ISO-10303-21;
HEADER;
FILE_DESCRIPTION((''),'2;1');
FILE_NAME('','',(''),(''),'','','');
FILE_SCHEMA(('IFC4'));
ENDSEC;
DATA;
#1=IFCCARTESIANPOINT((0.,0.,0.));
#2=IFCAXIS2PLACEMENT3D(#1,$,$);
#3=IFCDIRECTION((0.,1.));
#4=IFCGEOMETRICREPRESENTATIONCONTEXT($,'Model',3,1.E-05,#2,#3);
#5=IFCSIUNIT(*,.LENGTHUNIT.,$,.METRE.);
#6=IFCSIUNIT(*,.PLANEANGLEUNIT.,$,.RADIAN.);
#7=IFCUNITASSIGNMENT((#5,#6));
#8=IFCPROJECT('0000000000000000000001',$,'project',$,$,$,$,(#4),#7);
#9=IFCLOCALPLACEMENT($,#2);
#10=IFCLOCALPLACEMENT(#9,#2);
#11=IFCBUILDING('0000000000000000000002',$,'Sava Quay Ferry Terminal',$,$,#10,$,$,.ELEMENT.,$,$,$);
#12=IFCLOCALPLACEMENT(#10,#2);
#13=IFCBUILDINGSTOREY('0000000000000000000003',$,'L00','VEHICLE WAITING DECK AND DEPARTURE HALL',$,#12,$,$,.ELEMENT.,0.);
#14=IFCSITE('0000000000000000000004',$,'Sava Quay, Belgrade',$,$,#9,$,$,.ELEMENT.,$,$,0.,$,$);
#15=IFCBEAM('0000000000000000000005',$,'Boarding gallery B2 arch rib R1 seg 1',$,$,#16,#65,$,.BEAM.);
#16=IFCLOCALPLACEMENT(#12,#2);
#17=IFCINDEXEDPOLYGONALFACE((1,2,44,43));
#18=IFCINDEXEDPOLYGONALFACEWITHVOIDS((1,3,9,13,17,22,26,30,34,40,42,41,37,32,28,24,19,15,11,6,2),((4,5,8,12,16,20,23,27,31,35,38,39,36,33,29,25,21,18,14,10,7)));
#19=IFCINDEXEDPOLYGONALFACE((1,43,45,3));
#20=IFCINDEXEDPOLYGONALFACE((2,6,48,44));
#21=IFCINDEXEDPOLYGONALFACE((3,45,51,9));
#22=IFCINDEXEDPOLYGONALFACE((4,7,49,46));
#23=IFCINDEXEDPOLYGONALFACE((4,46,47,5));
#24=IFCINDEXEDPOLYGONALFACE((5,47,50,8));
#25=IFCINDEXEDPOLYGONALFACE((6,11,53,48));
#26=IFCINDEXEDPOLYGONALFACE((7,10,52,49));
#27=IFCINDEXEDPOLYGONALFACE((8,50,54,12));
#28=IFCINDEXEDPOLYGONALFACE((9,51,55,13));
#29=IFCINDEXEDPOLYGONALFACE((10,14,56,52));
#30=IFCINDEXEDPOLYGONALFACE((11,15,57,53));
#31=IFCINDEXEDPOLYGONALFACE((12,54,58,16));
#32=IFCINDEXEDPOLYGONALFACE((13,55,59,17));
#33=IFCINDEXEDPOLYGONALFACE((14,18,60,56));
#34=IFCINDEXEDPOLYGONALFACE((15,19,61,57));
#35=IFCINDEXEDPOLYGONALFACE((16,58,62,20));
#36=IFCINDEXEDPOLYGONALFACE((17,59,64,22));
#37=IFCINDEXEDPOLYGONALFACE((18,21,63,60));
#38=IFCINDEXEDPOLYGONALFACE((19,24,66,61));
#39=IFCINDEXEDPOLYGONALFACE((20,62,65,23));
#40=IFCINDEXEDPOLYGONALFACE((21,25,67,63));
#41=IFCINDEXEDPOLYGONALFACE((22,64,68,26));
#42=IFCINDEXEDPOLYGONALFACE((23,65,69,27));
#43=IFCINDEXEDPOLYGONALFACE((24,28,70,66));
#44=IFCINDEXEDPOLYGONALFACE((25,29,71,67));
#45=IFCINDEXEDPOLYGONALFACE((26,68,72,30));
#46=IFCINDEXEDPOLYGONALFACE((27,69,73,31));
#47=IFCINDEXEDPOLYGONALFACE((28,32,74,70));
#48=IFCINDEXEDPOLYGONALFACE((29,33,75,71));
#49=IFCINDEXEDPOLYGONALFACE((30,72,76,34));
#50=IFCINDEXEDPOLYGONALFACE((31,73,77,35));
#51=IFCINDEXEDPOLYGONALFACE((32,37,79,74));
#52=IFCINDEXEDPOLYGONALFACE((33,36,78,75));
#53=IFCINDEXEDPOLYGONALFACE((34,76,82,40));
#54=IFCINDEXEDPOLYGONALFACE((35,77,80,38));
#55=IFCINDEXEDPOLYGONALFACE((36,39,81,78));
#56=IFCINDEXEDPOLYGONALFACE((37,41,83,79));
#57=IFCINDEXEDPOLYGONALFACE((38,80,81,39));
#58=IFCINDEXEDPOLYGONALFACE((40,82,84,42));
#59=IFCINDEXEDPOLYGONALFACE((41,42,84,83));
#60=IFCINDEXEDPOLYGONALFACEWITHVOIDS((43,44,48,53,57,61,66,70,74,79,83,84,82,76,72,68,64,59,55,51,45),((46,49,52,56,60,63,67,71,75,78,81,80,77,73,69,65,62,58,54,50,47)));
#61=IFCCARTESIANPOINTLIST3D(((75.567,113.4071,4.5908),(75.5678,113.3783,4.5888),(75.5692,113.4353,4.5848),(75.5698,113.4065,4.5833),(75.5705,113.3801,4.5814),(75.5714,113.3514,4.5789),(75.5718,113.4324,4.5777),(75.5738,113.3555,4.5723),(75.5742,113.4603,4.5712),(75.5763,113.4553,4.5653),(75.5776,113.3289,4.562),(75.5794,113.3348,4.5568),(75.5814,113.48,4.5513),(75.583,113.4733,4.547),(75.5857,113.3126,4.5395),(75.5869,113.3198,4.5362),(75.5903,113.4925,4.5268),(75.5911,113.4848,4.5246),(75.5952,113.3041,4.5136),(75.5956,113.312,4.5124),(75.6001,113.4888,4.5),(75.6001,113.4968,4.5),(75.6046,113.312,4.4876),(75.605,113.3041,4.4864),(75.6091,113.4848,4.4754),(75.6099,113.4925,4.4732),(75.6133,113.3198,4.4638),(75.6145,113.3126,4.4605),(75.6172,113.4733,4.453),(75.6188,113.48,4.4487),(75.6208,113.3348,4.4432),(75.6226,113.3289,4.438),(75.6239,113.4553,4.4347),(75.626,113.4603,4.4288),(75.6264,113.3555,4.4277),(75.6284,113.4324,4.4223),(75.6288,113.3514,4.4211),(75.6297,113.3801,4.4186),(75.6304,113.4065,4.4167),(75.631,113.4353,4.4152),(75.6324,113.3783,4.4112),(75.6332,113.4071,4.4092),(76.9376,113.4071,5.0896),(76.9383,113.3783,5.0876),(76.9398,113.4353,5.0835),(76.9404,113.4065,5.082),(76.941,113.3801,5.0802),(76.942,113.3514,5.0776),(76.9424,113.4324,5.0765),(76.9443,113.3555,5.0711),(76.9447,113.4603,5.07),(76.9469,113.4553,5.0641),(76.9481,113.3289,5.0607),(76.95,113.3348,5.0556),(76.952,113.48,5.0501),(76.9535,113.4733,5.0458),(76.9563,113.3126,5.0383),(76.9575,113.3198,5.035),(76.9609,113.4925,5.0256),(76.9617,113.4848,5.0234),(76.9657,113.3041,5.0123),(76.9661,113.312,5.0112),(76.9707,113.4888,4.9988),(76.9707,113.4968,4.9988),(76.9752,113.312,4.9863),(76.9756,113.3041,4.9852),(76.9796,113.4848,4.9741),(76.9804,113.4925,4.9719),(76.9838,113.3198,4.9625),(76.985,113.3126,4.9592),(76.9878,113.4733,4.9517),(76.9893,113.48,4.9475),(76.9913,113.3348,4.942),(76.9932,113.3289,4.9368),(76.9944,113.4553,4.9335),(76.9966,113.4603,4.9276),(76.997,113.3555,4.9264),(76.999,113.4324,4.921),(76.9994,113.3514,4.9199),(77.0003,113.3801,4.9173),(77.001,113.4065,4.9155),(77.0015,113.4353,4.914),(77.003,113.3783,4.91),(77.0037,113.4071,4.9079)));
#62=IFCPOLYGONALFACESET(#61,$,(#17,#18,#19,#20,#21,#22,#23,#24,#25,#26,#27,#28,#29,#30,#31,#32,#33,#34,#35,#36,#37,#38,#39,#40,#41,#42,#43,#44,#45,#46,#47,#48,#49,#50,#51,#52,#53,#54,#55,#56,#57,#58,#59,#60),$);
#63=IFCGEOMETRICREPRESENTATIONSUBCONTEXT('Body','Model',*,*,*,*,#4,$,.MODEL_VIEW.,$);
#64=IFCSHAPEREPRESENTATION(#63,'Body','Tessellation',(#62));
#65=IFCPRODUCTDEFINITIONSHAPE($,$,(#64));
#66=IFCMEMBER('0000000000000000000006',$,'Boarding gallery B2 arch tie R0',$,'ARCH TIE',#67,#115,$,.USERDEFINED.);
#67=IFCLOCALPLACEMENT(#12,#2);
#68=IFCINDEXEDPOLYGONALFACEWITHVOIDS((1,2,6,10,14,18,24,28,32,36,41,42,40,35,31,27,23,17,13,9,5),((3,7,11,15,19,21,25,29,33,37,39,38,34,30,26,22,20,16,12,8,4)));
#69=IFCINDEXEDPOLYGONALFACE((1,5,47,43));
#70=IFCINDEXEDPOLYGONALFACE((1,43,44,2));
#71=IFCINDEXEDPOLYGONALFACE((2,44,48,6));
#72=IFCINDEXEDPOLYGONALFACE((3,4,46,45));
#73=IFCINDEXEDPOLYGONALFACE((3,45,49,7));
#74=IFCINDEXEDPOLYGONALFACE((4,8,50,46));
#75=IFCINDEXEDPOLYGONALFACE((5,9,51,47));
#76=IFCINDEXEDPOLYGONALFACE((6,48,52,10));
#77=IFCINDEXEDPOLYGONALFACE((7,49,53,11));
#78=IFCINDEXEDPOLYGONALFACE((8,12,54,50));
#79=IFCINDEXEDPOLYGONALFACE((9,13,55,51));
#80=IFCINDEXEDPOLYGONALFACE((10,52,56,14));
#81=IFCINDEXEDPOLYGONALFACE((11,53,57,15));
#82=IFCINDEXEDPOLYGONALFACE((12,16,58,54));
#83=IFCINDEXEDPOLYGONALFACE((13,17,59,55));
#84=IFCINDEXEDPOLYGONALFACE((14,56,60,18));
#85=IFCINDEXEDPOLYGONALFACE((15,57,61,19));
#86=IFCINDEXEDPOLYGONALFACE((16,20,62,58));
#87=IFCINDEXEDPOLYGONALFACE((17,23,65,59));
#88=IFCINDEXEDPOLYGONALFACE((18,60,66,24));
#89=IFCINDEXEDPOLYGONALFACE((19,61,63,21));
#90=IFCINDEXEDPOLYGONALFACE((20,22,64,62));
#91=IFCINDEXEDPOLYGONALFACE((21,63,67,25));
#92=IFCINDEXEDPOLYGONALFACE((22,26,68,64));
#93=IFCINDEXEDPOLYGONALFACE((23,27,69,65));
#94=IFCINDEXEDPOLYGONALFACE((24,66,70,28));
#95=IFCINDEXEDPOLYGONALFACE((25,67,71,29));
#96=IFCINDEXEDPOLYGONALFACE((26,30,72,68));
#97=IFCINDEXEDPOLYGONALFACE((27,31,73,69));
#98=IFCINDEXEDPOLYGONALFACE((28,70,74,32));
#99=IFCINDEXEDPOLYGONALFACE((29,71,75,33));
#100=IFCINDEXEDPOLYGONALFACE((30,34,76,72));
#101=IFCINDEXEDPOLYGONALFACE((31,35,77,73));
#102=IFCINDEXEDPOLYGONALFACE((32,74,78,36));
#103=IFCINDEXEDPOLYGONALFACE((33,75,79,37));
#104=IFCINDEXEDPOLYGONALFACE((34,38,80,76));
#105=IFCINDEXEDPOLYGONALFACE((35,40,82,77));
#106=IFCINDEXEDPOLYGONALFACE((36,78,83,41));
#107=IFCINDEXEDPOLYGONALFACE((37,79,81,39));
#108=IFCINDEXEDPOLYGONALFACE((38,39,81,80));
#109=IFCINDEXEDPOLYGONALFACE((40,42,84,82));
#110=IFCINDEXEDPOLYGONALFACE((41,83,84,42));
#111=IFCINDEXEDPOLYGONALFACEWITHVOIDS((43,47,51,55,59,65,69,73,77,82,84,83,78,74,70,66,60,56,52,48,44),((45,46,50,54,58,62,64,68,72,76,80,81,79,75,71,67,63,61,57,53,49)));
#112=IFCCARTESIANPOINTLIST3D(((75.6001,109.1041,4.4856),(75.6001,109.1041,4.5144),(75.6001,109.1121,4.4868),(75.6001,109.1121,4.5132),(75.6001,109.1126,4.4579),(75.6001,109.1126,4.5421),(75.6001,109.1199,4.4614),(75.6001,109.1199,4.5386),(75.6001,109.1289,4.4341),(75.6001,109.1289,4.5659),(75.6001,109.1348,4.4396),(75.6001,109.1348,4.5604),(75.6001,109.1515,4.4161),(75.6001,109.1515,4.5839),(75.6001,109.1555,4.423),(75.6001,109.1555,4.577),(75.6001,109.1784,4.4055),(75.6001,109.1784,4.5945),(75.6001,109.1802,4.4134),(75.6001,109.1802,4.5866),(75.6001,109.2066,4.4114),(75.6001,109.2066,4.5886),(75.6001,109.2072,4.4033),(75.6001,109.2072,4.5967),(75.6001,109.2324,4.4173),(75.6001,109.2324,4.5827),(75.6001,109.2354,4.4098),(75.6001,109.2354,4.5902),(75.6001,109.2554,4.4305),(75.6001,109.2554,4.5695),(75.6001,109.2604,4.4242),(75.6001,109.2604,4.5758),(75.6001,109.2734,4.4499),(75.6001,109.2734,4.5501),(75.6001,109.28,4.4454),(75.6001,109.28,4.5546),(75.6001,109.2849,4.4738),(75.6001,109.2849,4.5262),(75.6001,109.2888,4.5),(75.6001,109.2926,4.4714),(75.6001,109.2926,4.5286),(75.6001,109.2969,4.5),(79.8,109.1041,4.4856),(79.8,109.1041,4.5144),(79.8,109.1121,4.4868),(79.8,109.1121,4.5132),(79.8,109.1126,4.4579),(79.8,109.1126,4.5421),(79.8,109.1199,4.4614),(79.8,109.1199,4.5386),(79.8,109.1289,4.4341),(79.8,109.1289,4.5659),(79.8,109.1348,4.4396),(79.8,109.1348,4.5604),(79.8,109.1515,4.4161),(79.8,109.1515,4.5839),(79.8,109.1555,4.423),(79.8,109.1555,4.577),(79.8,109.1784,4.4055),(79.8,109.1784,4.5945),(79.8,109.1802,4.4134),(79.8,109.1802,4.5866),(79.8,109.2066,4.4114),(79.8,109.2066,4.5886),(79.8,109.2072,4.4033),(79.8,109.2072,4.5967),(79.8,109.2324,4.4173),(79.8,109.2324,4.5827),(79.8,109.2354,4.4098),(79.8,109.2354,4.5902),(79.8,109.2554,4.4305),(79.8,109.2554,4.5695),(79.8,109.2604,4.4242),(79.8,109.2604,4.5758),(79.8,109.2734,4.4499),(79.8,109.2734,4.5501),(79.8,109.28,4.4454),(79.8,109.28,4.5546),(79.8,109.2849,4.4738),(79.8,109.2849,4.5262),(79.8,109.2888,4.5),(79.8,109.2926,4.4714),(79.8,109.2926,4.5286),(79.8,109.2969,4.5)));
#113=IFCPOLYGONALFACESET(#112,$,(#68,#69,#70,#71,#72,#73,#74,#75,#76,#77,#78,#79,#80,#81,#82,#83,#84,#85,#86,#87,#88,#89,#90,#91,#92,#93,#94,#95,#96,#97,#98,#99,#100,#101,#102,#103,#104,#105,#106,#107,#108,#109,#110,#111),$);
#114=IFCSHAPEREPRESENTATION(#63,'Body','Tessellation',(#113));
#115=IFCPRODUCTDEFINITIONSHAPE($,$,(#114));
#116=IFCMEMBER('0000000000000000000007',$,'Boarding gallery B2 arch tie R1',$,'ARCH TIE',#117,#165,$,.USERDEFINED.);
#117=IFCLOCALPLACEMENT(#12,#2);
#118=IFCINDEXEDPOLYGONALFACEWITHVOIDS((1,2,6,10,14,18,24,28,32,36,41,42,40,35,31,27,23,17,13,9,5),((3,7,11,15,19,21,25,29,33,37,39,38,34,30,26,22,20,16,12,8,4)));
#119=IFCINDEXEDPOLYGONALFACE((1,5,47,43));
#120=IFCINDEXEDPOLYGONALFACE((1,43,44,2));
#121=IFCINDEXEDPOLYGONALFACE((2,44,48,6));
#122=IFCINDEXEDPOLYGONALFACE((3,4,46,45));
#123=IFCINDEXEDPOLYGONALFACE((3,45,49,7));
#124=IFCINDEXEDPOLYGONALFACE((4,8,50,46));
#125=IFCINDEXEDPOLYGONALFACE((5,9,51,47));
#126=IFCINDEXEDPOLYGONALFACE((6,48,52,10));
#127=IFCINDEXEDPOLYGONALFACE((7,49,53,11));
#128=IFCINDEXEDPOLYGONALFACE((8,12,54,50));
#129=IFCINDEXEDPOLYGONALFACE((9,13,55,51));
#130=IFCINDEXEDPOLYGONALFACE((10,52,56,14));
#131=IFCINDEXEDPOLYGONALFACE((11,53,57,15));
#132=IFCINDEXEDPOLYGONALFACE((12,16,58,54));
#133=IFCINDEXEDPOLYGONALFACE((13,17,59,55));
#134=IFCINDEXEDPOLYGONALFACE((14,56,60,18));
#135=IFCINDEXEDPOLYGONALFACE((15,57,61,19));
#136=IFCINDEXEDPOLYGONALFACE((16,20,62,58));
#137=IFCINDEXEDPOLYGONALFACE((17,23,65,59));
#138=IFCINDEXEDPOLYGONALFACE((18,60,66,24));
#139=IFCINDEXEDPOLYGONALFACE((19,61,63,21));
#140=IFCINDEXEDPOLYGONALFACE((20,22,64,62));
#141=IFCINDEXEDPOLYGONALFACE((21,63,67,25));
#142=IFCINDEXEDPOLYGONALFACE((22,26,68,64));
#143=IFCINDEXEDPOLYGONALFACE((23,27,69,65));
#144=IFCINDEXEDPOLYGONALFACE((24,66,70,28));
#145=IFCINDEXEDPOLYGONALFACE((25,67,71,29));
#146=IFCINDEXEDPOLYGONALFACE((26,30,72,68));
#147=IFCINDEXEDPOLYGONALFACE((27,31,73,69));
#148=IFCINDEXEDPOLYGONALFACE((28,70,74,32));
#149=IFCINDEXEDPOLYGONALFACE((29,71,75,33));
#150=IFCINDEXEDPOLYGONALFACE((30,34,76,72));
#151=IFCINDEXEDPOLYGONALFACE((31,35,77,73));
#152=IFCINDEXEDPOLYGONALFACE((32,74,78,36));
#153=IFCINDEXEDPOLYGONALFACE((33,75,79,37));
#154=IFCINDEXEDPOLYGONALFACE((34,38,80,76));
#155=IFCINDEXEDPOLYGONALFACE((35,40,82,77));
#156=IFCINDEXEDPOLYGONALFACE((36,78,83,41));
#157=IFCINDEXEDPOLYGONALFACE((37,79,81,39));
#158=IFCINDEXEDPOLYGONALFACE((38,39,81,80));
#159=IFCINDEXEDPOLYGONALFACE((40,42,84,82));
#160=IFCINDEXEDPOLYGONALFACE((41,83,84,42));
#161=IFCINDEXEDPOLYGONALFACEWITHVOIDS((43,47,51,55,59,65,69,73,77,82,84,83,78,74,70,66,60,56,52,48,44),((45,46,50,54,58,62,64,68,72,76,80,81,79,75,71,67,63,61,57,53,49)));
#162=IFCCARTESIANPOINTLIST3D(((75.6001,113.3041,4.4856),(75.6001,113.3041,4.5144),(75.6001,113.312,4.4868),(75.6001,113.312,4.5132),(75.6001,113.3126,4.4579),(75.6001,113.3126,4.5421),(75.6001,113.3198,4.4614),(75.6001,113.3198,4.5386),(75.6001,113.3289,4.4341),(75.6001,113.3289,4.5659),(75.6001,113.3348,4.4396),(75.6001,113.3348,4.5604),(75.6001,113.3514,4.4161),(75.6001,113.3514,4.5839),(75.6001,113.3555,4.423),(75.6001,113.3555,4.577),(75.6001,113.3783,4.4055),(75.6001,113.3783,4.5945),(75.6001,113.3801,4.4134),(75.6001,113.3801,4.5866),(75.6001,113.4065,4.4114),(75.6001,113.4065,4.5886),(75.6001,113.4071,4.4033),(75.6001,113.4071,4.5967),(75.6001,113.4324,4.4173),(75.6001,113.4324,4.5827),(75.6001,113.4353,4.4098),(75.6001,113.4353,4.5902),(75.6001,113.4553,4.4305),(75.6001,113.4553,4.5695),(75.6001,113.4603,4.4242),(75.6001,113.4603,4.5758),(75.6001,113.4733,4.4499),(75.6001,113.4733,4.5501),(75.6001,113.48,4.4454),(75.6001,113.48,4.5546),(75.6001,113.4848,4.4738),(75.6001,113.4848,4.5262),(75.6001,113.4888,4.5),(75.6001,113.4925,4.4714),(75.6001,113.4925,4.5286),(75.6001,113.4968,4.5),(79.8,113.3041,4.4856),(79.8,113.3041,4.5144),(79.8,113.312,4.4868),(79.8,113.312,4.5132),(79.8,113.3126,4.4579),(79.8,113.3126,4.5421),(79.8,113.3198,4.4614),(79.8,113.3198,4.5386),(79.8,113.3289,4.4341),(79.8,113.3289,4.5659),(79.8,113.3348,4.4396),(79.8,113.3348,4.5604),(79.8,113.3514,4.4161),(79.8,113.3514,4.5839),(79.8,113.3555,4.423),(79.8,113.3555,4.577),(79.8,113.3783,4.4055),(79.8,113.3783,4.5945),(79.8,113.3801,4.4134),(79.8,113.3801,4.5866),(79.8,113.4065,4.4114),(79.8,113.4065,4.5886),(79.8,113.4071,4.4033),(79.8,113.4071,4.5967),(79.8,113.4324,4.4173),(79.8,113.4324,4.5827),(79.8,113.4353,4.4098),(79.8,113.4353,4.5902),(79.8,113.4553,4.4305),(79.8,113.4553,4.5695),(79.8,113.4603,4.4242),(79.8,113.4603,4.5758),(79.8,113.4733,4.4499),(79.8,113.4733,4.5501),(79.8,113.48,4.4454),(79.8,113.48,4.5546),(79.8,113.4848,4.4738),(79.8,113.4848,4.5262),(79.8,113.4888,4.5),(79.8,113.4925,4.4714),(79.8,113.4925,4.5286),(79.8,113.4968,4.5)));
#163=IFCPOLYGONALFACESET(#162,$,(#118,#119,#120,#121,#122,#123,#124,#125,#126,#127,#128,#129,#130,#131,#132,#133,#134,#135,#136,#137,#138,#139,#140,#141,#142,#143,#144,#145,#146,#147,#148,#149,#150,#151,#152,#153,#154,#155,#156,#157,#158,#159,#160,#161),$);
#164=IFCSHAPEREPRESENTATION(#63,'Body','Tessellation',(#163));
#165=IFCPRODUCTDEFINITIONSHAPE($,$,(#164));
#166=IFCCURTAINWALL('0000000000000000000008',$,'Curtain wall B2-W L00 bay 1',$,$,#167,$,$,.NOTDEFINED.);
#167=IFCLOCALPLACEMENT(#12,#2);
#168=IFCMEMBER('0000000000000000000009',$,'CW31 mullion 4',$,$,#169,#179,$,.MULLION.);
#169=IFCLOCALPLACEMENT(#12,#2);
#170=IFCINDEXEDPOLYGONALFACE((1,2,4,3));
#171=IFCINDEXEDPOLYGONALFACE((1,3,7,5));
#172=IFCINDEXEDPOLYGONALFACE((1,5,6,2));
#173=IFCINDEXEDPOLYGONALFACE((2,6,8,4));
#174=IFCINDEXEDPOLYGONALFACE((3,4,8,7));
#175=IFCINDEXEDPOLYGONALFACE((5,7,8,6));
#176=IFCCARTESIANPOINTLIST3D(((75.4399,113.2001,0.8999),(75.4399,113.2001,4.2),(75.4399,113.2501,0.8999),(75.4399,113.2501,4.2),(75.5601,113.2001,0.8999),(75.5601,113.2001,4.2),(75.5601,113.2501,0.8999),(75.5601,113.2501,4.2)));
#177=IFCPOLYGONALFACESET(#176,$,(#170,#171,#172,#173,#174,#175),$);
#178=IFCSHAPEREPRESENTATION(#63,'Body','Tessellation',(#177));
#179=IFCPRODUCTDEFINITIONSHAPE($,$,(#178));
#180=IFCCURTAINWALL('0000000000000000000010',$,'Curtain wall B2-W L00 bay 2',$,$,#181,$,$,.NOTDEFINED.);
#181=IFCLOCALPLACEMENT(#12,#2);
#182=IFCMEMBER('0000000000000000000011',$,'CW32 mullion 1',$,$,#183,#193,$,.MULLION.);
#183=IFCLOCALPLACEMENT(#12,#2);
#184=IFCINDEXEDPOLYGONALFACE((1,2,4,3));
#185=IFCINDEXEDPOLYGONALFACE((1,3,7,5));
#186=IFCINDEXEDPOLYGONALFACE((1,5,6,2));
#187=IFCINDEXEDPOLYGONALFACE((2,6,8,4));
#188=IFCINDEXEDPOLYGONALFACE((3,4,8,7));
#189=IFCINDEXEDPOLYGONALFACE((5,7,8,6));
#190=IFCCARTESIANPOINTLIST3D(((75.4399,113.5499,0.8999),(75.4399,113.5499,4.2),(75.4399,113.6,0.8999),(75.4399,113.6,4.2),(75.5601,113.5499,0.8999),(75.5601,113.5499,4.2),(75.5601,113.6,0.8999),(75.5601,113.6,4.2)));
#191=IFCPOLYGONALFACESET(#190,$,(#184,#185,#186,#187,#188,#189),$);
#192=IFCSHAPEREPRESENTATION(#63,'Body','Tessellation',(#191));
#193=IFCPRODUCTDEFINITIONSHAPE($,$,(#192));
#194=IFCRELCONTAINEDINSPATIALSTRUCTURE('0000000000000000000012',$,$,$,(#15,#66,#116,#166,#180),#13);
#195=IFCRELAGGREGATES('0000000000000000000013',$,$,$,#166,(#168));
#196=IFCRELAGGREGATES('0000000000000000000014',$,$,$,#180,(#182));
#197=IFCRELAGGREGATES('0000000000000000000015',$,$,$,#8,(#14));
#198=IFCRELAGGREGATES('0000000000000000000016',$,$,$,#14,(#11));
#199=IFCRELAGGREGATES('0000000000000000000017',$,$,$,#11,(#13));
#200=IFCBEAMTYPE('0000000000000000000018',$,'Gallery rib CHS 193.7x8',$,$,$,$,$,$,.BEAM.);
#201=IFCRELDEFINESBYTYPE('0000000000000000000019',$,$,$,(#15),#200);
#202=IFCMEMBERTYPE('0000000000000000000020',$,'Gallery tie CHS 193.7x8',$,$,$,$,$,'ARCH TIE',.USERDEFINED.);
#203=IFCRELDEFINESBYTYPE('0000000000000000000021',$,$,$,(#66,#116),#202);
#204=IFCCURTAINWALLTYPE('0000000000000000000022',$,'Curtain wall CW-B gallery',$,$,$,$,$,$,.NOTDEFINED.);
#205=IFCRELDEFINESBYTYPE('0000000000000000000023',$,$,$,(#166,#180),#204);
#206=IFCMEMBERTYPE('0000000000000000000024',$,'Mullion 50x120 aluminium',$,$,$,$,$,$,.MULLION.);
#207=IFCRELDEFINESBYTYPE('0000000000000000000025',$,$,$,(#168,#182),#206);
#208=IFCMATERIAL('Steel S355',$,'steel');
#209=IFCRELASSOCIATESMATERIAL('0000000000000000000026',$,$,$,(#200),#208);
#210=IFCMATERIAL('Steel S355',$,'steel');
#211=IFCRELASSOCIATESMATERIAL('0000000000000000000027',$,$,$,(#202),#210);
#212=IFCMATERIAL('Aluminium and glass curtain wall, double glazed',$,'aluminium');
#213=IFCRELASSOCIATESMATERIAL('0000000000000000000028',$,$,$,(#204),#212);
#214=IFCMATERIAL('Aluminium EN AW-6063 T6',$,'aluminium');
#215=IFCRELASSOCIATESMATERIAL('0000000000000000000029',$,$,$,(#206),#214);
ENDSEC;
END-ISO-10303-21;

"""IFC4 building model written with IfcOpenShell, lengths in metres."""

from ifc_helpers import new_model, si_unit, direction, frame, origin, origin_2d, place, context, subcontext, project, spatial, rectangle, hollow_circle, extrude, material, material_profile, profile_set, type_object, element, aggregate, save


model = new_model("IFC4")

# Units and contexts
model_context = context("Model", 3, precision=1e-05, world=origin(), true_north=direction((0.0, 1.0)))
body_context = subcontext(model_context, "Body", "Model", "MODEL_VIEW")
ifc_project = project(units=[si_unit("LENGTHUNIT", "METRE"), si_unit("PLANEANGLEUNIT", "RADIAN")], contexts=[model_context])

# Site, building, storey
site_placement = place(None, origin())
site = spatial("IfcSite", under=ifc_project, at=site_placement, Name="Sava Quay, Belgrade", CompositionType="ELEMENT", RefElevation=0.0)
building_placement = place(site_placement, origin())
building = spatial("IfcBuilding", under=site, at=building_placement, Name="Sava Quay Ferry Terminal", CompositionType="ELEMENT")
storey_placement = place(building_placement, origin())
storey = spatial("IfcBuildingStorey", under=building, at=storey_placement, Name="L00", Description="VEHICLE WAITING DECK AND DEPARTURE HALL", CompositionType="ELEMENT", Elevation=0.0)

# Beam
ifc_material_1 = material(Name="Steel S355", Category="steel")
ifc_material_profile_1 = material_profile(ifc_material_1, hollow_circle(Radius=0.0969, WallThickness=0.0081, at=origin_2d()), Name="CHS 193.7 x 8.0")
ifc_profile_set_1 = profile_set([ifc_material_profile_1], Name="Steel S355")
beam_type_1 = type_object("IfcBeamType", Name="Gallery rib CHS 193.7x8", PredefinedType="BEAM", material=ifc_profile_set_1)
for number, where, z_axis, x_axis, name in (
    (1, (75.6001, 113.3999, 4.5), (0.93971, 0.0, 0.341972), (0.0, 1.0, 0.0), "Boarding gallery B2 arch rib R1 seg 1"),
):
    element("IfcBeam", number, at=place(storey_placement, frame(where, z_axis=z_axis, x_axis=x_axis)), inside=storey, type_object=beam_type_1, Name=name, PredefinedType="BEAM", context=body_context, shape_type="SweptSolid", body=[
        extrude(hollow_circle(Radius=0.0969, WallThickness=0.0081, at=origin_2d()), origin(), (0.0, 0.0, 1.0), 1.4585),
    ])

# Members
ifc_material_2 = material(Name="Steel S355", Category="steel")
ifc_material_profile_2 = material_profile(ifc_material_2, hollow_circle(Radius=0.0969, WallThickness=0.0081, at=origin_2d()), Name="CHS 193.7 x 8.0")
ifc_profile_set_2 = profile_set([ifc_material_profile_2], Name="Steel S355")
member_type_1 = type_object("IfcMemberType", Name="Gallery tie CHS 193.7x8", ElementType="ARCH TIE", PredefinedType="USERDEFINED", material=ifc_profile_set_2)
for number, where, z_axis, x_axis, name in (
    (2, (75.6001, 109.2, 4.5), (1.0, 0.0, 0.0), (0.0, 1.0, 0.0), "Boarding gallery B2 arch tie R0"),
    (3, (75.6001, 113.3999, 4.5), (1.0, 0.0, 0.0), (0.0, 1.0, 0.0), "Boarding gallery B2 arch tie R1"),
):
    element("IfcMember", number, at=place(storey_placement, frame(where, z_axis=z_axis, x_axis=x_axis)), inside=storey, type_object=member_type_1, Name=name, ObjectType="ARCH TIE", PredefinedType="USERDEFINED", context=body_context, shape_type="SweptSolid", body=[
        extrude(hollow_circle(Radius=0.0969, WallThickness=0.0081, at=origin_2d()), origin(), (0.0, 0.0, 1.0), 4.2),
    ])

# Curtain wall, member
ifc_material_3 = material(Name="Aluminium and glass curtain wall, double glazed", Category="aluminium")
curtain_wall_type = type_object("IfcCurtainWallType", Name="Curtain wall CW-B gallery", PredefinedType="NOTDEFINED", material=ifc_material_3)
curtain_wall_1_placement = place(storey_placement, origin())
curtain_wall_1 = element("IfcCurtainWall", 4, at=curtain_wall_1_placement, inside=storey, type_object=curtain_wall_type, Name="Curtain wall B2-W L00 bay 1", PredefinedType="NOTDEFINED")
ifc_material_4 = material(Name="Aluminium EN AW-6063 T6", Category="aluminium")
ifc_material_profile_3 = material_profile(ifc_material_4, rectangle(XDim=0.1201, YDim=0.05, at=origin_2d()), Name="Mullion 50x120 aluminium")
ifc_profile_set_3 = profile_set([ifc_material_profile_3], Name="Aluminium EN AW-6063 T6")
member_type_2 = type_object("IfcMemberType", Name="Mullion 50x120 aluminium", PredefinedType="MULLION", material=ifc_profile_set_3)
member_1_placement = place(storey_placement, frame((75.5, 113.2251, 0.8999), z_axis=(0.0, 0.0, 1.0), x_axis=(-1.0, 0.0, 0.0)))
member_1 = element("IfcMember", 5, at=member_1_placement, type_object=member_type_2, Name="CW31 mullion 4", PredefinedType="MULLION", context=body_context, shape_type="SweptSolid", body=[
    extrude(rectangle(XDim=0.1201, YDim=0.05, at=origin_2d()), origin(), (0.0, 0.0, 1.0), 3.3),
])

# Curtain wall, member
curtain_wall_2_placement = place(storey_placement, origin())
curtain_wall_2 = element("IfcCurtainWall", 6, at=curtain_wall_2_placement, inside=storey, type_object=curtain_wall_type, Name="Curtain wall B2-W L00 bay 2", PredefinedType="NOTDEFINED")
member_2_placement = place(storey_placement, frame((75.5, 113.575, 0.8999), z_axis=(0.0, 0.0, 1.0), x_axis=(-1.0, 0.0, 0.0)))
member_2 = element("IfcMember", 7, at=member_2_placement, type_object=member_type_2, Name="CW32 mullion 1", PredefinedType="MULLION", context=body_context, shape_type="SweptSolid", body=[
    extrude(rectangle(XDim=0.1201, YDim=0.05, at=origin_2d()), origin(), (0.0, 0.0, 1.0), 3.3),
])

aggregate(curtain_wall_1, [member_1])
aggregate(curtain_wall_2, [member_2])

save(model, "model.ifc")
